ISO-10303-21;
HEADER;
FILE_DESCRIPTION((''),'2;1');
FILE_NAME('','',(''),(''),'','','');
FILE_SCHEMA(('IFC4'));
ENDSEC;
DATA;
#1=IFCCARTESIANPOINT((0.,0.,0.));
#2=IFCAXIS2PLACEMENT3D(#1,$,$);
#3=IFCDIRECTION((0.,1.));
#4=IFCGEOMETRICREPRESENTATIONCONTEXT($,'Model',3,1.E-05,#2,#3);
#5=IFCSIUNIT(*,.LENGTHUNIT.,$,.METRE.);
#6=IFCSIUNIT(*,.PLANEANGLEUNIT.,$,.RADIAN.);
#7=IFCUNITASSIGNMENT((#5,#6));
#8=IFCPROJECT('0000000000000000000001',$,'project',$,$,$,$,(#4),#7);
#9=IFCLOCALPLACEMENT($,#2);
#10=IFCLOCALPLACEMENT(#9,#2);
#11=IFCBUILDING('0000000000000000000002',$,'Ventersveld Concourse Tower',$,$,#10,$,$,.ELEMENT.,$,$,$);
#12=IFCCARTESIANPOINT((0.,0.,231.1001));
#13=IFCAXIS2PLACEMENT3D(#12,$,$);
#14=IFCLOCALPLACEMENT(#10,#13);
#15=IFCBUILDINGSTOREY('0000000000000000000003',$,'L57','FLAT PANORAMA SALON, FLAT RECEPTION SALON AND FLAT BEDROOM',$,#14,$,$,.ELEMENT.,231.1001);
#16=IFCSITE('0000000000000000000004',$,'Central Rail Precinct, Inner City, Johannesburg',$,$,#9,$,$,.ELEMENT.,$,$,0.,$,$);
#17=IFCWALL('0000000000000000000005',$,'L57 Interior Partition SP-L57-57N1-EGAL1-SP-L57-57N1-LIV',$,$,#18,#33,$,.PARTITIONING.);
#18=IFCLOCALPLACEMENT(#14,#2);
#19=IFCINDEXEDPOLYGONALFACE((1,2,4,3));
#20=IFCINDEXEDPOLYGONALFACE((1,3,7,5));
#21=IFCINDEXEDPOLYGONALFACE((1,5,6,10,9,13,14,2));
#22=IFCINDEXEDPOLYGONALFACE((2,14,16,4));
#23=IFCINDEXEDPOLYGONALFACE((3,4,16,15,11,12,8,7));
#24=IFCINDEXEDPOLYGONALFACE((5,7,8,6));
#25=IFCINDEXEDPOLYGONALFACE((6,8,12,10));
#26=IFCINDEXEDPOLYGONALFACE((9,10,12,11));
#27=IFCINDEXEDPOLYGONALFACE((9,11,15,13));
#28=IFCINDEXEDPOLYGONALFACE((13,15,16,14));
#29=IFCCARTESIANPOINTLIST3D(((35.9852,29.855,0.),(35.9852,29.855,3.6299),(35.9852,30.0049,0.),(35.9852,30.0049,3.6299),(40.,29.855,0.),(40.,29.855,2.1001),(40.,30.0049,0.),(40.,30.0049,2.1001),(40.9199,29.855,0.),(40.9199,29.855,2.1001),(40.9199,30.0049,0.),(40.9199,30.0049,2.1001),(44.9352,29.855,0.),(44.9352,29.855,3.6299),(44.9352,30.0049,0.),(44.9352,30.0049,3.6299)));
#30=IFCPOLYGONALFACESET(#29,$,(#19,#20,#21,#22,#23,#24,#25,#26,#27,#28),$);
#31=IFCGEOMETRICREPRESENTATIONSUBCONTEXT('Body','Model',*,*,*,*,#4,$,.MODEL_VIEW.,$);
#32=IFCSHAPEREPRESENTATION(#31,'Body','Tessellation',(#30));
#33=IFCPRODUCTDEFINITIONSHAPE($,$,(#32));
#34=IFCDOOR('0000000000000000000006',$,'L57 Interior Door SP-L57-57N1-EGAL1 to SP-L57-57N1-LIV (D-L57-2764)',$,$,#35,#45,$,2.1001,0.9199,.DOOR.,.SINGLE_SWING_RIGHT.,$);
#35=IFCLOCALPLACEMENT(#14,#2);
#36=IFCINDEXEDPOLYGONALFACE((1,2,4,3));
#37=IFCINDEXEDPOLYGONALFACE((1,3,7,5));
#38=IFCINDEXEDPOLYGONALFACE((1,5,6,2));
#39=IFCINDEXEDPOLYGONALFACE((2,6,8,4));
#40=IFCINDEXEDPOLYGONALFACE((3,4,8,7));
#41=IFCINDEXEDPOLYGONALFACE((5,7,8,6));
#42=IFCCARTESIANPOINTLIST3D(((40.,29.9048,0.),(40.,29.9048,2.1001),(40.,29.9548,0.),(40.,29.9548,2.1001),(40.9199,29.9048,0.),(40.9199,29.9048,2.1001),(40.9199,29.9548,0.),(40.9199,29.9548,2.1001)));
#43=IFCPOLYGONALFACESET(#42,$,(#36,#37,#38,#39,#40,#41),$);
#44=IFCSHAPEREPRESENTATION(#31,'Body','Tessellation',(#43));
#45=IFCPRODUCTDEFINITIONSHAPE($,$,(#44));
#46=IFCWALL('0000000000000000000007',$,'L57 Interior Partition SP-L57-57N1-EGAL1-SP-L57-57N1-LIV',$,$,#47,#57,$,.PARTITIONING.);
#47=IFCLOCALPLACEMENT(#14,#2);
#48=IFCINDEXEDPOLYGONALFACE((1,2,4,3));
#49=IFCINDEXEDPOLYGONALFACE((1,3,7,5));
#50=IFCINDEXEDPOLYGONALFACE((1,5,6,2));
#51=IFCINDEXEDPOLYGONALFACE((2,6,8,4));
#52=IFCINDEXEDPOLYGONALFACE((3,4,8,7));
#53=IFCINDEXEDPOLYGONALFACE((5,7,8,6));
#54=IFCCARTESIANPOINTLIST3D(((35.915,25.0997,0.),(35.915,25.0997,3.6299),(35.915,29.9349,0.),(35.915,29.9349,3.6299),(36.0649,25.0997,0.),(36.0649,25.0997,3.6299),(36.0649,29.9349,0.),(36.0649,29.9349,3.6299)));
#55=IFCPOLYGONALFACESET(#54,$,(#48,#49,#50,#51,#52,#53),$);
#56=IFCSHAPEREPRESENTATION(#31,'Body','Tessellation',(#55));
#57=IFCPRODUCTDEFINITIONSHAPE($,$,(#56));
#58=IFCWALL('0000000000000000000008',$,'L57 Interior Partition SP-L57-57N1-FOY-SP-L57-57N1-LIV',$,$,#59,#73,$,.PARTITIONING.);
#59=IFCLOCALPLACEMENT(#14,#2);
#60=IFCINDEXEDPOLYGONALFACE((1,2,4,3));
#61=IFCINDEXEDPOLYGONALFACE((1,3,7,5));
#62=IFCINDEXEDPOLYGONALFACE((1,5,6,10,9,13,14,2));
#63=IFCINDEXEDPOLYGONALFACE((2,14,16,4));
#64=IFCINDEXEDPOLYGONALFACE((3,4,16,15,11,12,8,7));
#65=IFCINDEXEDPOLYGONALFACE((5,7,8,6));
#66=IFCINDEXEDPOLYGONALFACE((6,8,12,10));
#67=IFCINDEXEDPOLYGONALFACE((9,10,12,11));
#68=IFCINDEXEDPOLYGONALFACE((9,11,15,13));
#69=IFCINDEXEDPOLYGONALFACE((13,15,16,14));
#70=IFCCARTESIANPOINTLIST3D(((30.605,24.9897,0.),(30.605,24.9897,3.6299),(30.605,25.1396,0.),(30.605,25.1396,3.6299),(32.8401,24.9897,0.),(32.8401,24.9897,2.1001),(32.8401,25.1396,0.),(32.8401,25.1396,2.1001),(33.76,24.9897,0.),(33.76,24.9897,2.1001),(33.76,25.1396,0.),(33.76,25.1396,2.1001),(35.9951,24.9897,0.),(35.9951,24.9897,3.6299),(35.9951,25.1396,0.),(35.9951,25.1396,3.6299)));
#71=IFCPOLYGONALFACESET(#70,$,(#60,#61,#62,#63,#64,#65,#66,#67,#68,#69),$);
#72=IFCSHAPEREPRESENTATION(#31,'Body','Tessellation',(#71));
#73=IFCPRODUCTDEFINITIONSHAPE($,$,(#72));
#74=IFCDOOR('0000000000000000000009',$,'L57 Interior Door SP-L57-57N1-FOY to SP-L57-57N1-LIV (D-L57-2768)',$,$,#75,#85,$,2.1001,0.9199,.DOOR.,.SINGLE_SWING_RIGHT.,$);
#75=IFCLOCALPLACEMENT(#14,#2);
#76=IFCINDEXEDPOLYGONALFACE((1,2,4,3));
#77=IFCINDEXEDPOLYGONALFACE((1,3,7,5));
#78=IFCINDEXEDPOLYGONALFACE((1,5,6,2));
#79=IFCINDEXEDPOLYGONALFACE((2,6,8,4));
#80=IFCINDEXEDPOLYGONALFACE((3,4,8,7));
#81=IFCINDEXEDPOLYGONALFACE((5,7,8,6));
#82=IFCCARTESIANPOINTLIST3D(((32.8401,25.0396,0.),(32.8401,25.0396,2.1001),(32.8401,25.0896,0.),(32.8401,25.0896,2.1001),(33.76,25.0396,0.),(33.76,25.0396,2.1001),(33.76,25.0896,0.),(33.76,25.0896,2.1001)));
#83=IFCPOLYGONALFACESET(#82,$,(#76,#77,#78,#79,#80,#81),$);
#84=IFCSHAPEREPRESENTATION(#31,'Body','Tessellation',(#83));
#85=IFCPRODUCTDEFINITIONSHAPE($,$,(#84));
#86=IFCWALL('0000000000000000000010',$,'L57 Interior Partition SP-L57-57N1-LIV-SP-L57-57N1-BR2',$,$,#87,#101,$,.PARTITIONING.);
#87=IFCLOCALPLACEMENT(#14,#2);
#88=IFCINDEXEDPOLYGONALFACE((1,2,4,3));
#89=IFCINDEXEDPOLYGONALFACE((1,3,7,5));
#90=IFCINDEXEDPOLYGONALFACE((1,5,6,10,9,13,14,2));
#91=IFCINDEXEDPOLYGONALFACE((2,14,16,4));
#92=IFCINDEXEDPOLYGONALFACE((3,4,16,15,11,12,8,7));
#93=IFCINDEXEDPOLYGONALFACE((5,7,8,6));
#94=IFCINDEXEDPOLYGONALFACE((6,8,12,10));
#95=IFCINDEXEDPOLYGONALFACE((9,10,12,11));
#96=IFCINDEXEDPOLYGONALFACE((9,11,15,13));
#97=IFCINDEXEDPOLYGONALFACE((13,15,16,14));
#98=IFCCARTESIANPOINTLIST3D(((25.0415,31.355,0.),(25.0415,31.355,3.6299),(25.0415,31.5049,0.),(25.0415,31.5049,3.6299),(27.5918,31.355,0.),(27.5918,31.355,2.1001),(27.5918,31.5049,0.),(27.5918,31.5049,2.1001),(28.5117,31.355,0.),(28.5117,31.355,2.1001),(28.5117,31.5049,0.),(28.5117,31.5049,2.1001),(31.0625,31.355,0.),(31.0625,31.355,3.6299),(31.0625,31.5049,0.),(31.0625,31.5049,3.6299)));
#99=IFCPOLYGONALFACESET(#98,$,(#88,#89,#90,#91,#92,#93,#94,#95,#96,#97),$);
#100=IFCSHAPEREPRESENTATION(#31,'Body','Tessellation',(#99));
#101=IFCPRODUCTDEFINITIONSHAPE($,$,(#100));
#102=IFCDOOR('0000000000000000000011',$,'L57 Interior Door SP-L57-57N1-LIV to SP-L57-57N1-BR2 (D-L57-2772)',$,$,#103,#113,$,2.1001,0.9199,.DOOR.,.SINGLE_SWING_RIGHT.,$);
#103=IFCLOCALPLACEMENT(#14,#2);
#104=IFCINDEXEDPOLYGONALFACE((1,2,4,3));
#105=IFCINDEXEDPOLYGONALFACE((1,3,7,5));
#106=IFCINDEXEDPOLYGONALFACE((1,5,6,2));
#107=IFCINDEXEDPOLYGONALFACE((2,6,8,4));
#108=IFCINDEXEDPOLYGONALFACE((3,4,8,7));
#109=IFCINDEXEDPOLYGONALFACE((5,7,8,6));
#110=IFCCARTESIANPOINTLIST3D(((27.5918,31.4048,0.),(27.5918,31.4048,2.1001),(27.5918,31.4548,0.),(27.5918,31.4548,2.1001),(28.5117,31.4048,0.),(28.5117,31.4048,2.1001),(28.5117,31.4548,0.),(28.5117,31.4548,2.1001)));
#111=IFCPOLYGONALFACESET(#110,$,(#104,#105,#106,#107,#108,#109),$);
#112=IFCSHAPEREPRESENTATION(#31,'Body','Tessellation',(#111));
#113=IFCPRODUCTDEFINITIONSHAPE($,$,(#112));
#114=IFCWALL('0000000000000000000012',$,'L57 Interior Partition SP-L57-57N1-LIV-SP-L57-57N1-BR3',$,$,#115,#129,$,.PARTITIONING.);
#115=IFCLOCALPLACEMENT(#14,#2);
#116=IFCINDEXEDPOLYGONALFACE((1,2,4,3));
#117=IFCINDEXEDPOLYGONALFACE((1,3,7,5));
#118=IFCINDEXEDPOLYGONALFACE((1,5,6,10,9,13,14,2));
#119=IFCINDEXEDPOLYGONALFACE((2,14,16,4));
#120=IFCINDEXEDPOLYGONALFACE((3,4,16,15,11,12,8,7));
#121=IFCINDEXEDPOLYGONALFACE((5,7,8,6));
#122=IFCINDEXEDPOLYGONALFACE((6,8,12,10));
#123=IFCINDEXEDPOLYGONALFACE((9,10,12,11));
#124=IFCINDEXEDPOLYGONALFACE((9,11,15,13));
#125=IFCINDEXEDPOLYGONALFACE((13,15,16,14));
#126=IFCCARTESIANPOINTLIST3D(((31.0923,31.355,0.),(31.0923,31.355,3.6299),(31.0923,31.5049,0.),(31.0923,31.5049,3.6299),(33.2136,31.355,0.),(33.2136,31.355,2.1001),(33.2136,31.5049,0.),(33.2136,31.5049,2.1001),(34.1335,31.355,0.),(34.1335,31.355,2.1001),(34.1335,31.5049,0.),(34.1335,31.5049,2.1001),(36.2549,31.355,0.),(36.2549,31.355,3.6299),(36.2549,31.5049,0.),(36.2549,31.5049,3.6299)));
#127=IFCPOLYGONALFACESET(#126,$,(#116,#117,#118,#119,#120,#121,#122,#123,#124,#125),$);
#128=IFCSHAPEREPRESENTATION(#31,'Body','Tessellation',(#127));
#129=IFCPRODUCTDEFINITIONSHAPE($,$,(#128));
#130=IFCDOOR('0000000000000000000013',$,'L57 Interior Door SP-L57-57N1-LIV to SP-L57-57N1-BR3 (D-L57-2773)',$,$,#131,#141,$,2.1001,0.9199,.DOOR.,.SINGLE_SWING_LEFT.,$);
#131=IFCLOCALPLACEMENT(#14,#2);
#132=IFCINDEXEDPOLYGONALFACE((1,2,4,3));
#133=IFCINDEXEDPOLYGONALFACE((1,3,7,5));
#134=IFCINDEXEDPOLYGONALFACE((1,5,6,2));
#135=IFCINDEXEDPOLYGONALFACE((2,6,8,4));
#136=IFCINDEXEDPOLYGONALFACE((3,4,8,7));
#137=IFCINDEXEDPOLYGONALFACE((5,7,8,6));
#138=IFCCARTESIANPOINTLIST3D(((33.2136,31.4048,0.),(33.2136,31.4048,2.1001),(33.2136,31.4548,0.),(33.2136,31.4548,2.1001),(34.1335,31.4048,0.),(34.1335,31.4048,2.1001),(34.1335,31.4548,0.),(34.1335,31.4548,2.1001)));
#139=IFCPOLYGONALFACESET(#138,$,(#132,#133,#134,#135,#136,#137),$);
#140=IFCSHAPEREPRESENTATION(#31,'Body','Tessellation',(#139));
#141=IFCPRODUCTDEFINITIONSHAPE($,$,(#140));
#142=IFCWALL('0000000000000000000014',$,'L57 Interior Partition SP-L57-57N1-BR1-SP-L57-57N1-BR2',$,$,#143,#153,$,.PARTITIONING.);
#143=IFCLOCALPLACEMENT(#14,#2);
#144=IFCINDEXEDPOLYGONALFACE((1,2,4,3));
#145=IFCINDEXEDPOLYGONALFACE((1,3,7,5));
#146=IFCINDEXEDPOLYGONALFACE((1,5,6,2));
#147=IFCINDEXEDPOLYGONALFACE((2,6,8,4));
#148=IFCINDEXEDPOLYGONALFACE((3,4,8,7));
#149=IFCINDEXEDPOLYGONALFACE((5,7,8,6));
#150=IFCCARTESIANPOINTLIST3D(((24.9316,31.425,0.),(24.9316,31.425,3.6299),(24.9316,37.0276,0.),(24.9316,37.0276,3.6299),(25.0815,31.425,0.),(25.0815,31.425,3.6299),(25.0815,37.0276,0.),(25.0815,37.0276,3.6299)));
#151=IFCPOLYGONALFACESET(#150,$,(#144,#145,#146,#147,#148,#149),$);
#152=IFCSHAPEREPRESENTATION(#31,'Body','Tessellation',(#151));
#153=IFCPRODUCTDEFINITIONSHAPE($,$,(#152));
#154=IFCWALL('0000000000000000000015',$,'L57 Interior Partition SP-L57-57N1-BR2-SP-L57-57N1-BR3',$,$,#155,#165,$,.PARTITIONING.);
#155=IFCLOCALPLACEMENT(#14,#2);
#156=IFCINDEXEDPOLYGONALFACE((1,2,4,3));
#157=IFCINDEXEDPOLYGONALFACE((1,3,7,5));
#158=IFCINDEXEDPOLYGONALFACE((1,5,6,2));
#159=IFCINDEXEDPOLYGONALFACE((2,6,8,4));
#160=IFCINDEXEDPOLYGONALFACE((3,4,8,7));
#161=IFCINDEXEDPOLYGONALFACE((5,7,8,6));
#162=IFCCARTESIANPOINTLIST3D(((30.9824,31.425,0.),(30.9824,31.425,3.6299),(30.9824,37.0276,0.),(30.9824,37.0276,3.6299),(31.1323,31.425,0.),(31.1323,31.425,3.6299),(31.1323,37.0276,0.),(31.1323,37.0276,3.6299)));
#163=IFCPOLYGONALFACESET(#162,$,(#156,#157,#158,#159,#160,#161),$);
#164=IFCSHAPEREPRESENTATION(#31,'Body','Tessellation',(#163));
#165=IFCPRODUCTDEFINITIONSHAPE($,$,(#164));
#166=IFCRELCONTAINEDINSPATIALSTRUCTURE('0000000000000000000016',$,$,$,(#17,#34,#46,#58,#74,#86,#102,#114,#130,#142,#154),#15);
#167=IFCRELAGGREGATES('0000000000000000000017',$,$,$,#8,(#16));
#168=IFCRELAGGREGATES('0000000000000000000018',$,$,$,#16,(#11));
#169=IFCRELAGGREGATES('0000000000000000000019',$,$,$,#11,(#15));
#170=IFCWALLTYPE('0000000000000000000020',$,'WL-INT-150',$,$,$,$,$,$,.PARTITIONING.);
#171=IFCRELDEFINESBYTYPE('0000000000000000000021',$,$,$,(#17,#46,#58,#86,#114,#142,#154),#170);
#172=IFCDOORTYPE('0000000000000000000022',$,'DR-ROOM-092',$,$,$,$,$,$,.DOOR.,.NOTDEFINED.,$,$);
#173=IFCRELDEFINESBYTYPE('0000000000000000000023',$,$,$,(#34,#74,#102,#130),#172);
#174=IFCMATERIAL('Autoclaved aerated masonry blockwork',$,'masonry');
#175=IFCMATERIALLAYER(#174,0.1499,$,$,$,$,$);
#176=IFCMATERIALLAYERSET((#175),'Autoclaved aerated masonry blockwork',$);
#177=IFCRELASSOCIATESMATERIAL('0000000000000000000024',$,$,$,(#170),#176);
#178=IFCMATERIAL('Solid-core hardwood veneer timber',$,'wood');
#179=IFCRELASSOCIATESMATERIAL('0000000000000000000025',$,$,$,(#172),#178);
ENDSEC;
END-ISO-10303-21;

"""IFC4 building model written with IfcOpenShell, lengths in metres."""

from ifc_helpers import new_model, si_unit, direction, frame, frame_2d, origin, place, context, subcontext, project, spatial, rectangle, extrude, material, layer, layer_set, type_object, element, fill, save


model = new_model("IFC4")

# Units and contexts
model_context = context("Model", 3, precision=1e-05, world=origin(), true_north=direction((0.0, 1.0)))
body_context = subcontext(model_context, "Body", "Model", "MODEL_VIEW")
ifc_project = project(units=[si_unit("LENGTHUNIT", "METRE"), si_unit("PLANEANGLEUNIT", "RADIAN")], contexts=[model_context])

# Site, building, storey
site_placement = place(None, origin())
site = spatial("IfcSite", under=ifc_project, at=site_placement, Name="Central Rail Precinct, Inner City, Johannesburg", CompositionType="ELEMENT", RefElevation=0.0)
building_placement = place(site_placement, origin())
building = spatial("IfcBuilding", under=site, at=building_placement, Name="Ventersveld Concourse Tower", CompositionType="ELEMENT")
storey_placement = place(building_placement, frame((0.0, 0.0, 231.1001)))
storey = spatial("IfcBuildingStorey", under=building, at=storey_placement, Name="L57", Description="FLAT PANORAMA SALON, FLAT RECEPTION SALON AND FLAT BEDROOM", CompositionType="ELEMENT", Elevation=231.1001)

# Shared definitions
ifc_material_1 = material(Name="Autoclaved aerated masonry blockwork", Category="masonry")
ifc_layer = layer(ifc_material_1, 0.1499)
ifc_layer_set = layer_set([ifc_layer], Name="Autoclaved aerated masonry blockwork")
wall_type = type_object("IfcWallType", Name="WL-INT-150", PredefinedType="PARTITIONING", material=ifc_layer_set)

# Wall, opening, door
wall_1_placement = place(storey_placement, frame((35.9851, 29.9299, 0.0), z_axis=(0.0, 0.0, 1.0), x_axis=(1.0, 0.0, 0.0)))
wall_1 = element("IfcWall", 1, at=wall_1_placement, inside=storey, type_object=wall_type, Name="L57 Interior Partition SP-L57-57N1-EGAL1-SP-L57-57N1-LIV", PredefinedType="PARTITIONING", context=body_context, shape_type="SweptSolid", body=[
    extrude(rectangle(XDim=8.95, YDim=0.1499, at=frame_2d((4.4751, 0.0))), origin(), (0.0, 0.0, 1.0), 3.6299),
])
opening_1_placement = place(wall_1_placement, frame((4.0149, 0.0, 0.0)))
opening_1 = element("IfcOpeningElement", 2, at=opening_1_placement, cuts=wall_1, PredefinedType="OPENING", context=body_context, shape_type="SweptSolid", body=[
    extrude(rectangle(XDim=0.9199, YDim=2.1001, at=frame_2d((0.46, 1.05))), frame((0.0, 0.085, 0.0), z_axis=(0.0, -1.0, 0.0), x_axis=(1.0, 0.0, 0.0)), (0.0, 0.0, 1.0), 0.1699),
])
ifc_material_2 = material(Name="Solid-core hardwood veneer timber", Category="wood")
door_type = type_object("IfcDoorType", Name="DR-ROOM-092", OperationType="NOTDEFINED", PredefinedType="DOOR", material=ifc_material_2)
door_1_placement = place(opening_1_placement, origin())
door_1 = element("IfcDoor", 3, at=door_1_placement, inside=storey, type_object=door_type, Name="L57 Interior Door SP-L57-57N1-EGAL1 to SP-L57-57N1-LIV (D-L57-2764)", OperationType="SINGLE_SWING_RIGHT", OverallHeight=2.1001, OverallWidth=0.9199, PredefinedType="DOOR", context=body_context, shape_type="SweptSolid", body=[
    extrude(rectangle(XDim=0.9199, YDim=2.1001, at=frame_2d((0.46, 1.05))), frame((0.0, 0.0249, 0.0), z_axis=(0.0, -1.0, 0.0), x_axis=(1.0, 0.0, 0.0)), (0.0, 0.0, 1.0), 0.05),
])
fill(opening_1, door_1)

# Wall
wall_2_placement = place(storey_placement, frame((35.99, 25.0999, 0.0), z_axis=(0.0, 0.0, 1.0), x_axis=(0.0, 1.0, 0.0)))
element("IfcWall", 4, at=wall_2_placement, inside=storey, type_object=wall_type, Name="L57 Interior Partition SP-L57-57N1-EGAL1-SP-L57-57N1-LIV", PredefinedType="PARTITIONING", context=body_context, shape_type="SweptSolid", body=[
    extrude(rectangle(XDim=4.8352, YDim=0.1499, at=frame_2d((2.4175, 0.0))), origin(), (0.0, 0.0, 1.0), 3.6299),
])

# Walls, openings, doors
wall_3_placement = place(storey_placement, frame((30.605, 25.0647, 0.0), z_axis=(0.0, 0.0, 1.0), x_axis=(1.0, 0.0, 0.0)))
wall_3 = element("IfcWall", 5, at=wall_3_placement, inside=storey, type_object=wall_type, Name="L57 Interior Partition SP-L57-57N1-FOY-SP-L57-57N1-LIV", PredefinedType="PARTITIONING", context=body_context, shape_type="SweptSolid", body=[
    extrude(rectangle(XDim=5.3901, YDim=0.1499, at=frame_2d((2.6951, 0.0))), origin(), (0.0, 0.0, 1.0), 3.6299),
])
opening_2_placement = place(wall_3_placement, frame((2.2351, 0.0, 0.0)))
opening_2 = element("IfcOpeningElement", 6, at=opening_2_placement, cuts=wall_3, PredefinedType="OPENING", context=body_context, shape_type="SweptSolid", body=[
    extrude(rectangle(XDim=0.9199, YDim=2.1001, at=frame_2d((0.46, 1.05))), frame((0.0, 0.085, 0.0), z_axis=(0.0, -1.0, 0.0), x_axis=(1.0, 0.0, 0.0)), (0.0, 0.0, 1.0), 0.1699),
])
door_2_placement = place(opening_2_placement, origin())
door_2 = element("IfcDoor", 7, at=door_2_placement, inside=storey, type_object=door_type, Name="L57 Interior Door SP-L57-57N1-FOY to SP-L57-57N1-LIV (D-L57-2768)", OperationType="SINGLE_SWING_RIGHT", OverallHeight=2.1001, OverallWidth=0.9199, PredefinedType="DOOR", context=body_context, shape_type="SweptSolid", body=[
    extrude(rectangle(XDim=0.9199, YDim=2.1001, at=frame_2d((0.46, 1.05))), frame((0.0, 0.0249, 0.0), z_axis=(0.0, -1.0, 0.0), x_axis=(1.0, 0.0, 0.0)), (0.0, 0.0, 1.0), 0.05),
])
fill(opening_2, door_2)
wall_4_placement = place(storey_placement, frame((25.0415, 31.4299, 0.0), z_axis=(0.0, 0.0, 1.0), x_axis=(1.0, 0.0, 0.0)))
wall_4 = element("IfcWall", 8, at=wall_4_placement, inside=storey, type_object=wall_type, Name="L57 Interior Partition SP-L57-57N1-LIV-SP-L57-57N1-BR2", PredefinedType="PARTITIONING", context=body_context, shape_type="SweptSolid", body=[
    extrude(rectangle(XDim=6.021, YDim=0.1499, at=frame_2d((3.0105, 0.0))), origin(), (0.0, 0.0, 1.0), 3.6299),
])
opening_3_placement = place(wall_4_placement, frame((2.5503, 0.0, 0.0)))
opening_3 = element("IfcOpeningElement", 9, at=opening_3_placement, cuts=wall_4, PredefinedType="OPENING", context=body_context, shape_type="SweptSolid", body=[
    extrude(rectangle(XDim=0.9199, YDim=2.1001, at=frame_2d((0.46, 1.05))), frame((0.0, 0.085, 0.0), z_axis=(0.0, -1.0, 0.0), x_axis=(1.0, 0.0, 0.0)), (0.0, 0.0, 1.0), 0.1699),
])
door_3_placement = place(opening_3_placement, origin())
door_3 = element("IfcDoor", 10, at=door_3_placement, inside=storey, type_object=door_type, Name="L57 Interior Door SP-L57-57N1-LIV to SP-L57-57N1-BR2 (D-L57-2772)", OperationType="SINGLE_SWING_RIGHT", OverallHeight=2.1001, OverallWidth=0.9199, PredefinedType="DOOR", context=body_context, shape_type="SweptSolid", body=[
    extrude(rectangle(XDim=0.9199, YDim=2.1001, at=frame_2d((0.46, 1.05))), frame((0.0, 0.0249, 0.0), z_axis=(0.0, -1.0, 0.0), x_axis=(1.0, 0.0, 0.0)), (0.0, 0.0, 1.0), 0.05),
])
fill(opening_3, door_3)
wall_5_placement = place(storey_placement, frame((31.0923, 31.4299, 0.0), z_axis=(0.0, 0.0, 1.0), x_axis=(1.0, 0.0, 0.0)))
wall_5 = element("IfcWall", 11, at=wall_5_placement, inside=storey, type_object=wall_type, Name="L57 Interior Partition SP-L57-57N1-LIV-SP-L57-57N1-BR3", PredefinedType="PARTITIONING", context=body_context, shape_type="SweptSolid", body=[
    extrude(rectangle(XDim=5.1626, YDim=0.1499, at=frame_2d((2.5813, 0.0))), origin(), (0.0, 0.0, 1.0), 3.6299),
])
opening_4_placement = place(wall_5_placement, frame((2.1213, 0.0, 0.0)))
opening_4 = element("IfcOpeningElement", 12, at=opening_4_placement, cuts=wall_5, PredefinedType="OPENING", context=body_context, shape_type="SweptSolid", body=[
    extrude(rectangle(XDim=0.9199, YDim=2.1001, at=frame_2d((0.46, 1.05))), frame((0.0, 0.085, 0.0), z_axis=(0.0, -1.0, 0.0), x_axis=(1.0, 0.0, 0.0)), (0.0, 0.0, 1.0), 0.1699),
])
door_4_placement = place(opening_4_placement, origin())
door_4 = element("IfcDoor", 13, at=door_4_placement, inside=storey, type_object=door_type, Name="L57 Interior Door SP-L57-57N1-LIV to SP-L57-57N1-BR3 (D-L57-2773)", OperationType="SINGLE_SWING_LEFT", OverallHeight=2.1001, OverallWidth=0.9199, PredefinedType="DOOR", context=body_context, shape_type="SweptSolid", body=[
    extrude(rectangle(XDim=0.9199, YDim=2.1001, at=frame_2d((0.46, 1.05))), frame((0.0, 0.0249, 0.0), z_axis=(0.0, -1.0, 0.0), x_axis=(1.0, 0.0, 0.0)), (0.0, 0.0, 1.0), 0.05),
])
fill(opening_4, door_4)

# Walls
for number, where, z_axis, x_axis, name in (
    (14, (25.0066, 31.425, 0.0), (0.0, 0.0, 1.0), (0.0, 1.0, 0.0), "L57 Interior Partition SP-L57-57N1-BR1-SP-L57-57N1-BR2"),
    (15, (31.0574, 31.425, 0.0), (0.0, 0.0, 1.0), (0.0, 1.0, 0.0), "L57 Interior Partition SP-L57-57N1-BR2-SP-L57-57N1-BR3"),
):
    element("IfcWall", number, at=place(storey_placement, frame(where, z_axis=z_axis, x_axis=x_axis)), inside=storey, type_object=wall_type, Name=name, PredefinedType="PARTITIONING", context=body_context, shape_type="SweptSolid", body=[
        extrude(rectangle(XDim=5.6025, YDim=0.1499, at=frame_2d((2.8013, 0.0))), origin(), (0.0, 0.0, 1.0), 3.6299),
    ])

save(model, "model.ifc")
